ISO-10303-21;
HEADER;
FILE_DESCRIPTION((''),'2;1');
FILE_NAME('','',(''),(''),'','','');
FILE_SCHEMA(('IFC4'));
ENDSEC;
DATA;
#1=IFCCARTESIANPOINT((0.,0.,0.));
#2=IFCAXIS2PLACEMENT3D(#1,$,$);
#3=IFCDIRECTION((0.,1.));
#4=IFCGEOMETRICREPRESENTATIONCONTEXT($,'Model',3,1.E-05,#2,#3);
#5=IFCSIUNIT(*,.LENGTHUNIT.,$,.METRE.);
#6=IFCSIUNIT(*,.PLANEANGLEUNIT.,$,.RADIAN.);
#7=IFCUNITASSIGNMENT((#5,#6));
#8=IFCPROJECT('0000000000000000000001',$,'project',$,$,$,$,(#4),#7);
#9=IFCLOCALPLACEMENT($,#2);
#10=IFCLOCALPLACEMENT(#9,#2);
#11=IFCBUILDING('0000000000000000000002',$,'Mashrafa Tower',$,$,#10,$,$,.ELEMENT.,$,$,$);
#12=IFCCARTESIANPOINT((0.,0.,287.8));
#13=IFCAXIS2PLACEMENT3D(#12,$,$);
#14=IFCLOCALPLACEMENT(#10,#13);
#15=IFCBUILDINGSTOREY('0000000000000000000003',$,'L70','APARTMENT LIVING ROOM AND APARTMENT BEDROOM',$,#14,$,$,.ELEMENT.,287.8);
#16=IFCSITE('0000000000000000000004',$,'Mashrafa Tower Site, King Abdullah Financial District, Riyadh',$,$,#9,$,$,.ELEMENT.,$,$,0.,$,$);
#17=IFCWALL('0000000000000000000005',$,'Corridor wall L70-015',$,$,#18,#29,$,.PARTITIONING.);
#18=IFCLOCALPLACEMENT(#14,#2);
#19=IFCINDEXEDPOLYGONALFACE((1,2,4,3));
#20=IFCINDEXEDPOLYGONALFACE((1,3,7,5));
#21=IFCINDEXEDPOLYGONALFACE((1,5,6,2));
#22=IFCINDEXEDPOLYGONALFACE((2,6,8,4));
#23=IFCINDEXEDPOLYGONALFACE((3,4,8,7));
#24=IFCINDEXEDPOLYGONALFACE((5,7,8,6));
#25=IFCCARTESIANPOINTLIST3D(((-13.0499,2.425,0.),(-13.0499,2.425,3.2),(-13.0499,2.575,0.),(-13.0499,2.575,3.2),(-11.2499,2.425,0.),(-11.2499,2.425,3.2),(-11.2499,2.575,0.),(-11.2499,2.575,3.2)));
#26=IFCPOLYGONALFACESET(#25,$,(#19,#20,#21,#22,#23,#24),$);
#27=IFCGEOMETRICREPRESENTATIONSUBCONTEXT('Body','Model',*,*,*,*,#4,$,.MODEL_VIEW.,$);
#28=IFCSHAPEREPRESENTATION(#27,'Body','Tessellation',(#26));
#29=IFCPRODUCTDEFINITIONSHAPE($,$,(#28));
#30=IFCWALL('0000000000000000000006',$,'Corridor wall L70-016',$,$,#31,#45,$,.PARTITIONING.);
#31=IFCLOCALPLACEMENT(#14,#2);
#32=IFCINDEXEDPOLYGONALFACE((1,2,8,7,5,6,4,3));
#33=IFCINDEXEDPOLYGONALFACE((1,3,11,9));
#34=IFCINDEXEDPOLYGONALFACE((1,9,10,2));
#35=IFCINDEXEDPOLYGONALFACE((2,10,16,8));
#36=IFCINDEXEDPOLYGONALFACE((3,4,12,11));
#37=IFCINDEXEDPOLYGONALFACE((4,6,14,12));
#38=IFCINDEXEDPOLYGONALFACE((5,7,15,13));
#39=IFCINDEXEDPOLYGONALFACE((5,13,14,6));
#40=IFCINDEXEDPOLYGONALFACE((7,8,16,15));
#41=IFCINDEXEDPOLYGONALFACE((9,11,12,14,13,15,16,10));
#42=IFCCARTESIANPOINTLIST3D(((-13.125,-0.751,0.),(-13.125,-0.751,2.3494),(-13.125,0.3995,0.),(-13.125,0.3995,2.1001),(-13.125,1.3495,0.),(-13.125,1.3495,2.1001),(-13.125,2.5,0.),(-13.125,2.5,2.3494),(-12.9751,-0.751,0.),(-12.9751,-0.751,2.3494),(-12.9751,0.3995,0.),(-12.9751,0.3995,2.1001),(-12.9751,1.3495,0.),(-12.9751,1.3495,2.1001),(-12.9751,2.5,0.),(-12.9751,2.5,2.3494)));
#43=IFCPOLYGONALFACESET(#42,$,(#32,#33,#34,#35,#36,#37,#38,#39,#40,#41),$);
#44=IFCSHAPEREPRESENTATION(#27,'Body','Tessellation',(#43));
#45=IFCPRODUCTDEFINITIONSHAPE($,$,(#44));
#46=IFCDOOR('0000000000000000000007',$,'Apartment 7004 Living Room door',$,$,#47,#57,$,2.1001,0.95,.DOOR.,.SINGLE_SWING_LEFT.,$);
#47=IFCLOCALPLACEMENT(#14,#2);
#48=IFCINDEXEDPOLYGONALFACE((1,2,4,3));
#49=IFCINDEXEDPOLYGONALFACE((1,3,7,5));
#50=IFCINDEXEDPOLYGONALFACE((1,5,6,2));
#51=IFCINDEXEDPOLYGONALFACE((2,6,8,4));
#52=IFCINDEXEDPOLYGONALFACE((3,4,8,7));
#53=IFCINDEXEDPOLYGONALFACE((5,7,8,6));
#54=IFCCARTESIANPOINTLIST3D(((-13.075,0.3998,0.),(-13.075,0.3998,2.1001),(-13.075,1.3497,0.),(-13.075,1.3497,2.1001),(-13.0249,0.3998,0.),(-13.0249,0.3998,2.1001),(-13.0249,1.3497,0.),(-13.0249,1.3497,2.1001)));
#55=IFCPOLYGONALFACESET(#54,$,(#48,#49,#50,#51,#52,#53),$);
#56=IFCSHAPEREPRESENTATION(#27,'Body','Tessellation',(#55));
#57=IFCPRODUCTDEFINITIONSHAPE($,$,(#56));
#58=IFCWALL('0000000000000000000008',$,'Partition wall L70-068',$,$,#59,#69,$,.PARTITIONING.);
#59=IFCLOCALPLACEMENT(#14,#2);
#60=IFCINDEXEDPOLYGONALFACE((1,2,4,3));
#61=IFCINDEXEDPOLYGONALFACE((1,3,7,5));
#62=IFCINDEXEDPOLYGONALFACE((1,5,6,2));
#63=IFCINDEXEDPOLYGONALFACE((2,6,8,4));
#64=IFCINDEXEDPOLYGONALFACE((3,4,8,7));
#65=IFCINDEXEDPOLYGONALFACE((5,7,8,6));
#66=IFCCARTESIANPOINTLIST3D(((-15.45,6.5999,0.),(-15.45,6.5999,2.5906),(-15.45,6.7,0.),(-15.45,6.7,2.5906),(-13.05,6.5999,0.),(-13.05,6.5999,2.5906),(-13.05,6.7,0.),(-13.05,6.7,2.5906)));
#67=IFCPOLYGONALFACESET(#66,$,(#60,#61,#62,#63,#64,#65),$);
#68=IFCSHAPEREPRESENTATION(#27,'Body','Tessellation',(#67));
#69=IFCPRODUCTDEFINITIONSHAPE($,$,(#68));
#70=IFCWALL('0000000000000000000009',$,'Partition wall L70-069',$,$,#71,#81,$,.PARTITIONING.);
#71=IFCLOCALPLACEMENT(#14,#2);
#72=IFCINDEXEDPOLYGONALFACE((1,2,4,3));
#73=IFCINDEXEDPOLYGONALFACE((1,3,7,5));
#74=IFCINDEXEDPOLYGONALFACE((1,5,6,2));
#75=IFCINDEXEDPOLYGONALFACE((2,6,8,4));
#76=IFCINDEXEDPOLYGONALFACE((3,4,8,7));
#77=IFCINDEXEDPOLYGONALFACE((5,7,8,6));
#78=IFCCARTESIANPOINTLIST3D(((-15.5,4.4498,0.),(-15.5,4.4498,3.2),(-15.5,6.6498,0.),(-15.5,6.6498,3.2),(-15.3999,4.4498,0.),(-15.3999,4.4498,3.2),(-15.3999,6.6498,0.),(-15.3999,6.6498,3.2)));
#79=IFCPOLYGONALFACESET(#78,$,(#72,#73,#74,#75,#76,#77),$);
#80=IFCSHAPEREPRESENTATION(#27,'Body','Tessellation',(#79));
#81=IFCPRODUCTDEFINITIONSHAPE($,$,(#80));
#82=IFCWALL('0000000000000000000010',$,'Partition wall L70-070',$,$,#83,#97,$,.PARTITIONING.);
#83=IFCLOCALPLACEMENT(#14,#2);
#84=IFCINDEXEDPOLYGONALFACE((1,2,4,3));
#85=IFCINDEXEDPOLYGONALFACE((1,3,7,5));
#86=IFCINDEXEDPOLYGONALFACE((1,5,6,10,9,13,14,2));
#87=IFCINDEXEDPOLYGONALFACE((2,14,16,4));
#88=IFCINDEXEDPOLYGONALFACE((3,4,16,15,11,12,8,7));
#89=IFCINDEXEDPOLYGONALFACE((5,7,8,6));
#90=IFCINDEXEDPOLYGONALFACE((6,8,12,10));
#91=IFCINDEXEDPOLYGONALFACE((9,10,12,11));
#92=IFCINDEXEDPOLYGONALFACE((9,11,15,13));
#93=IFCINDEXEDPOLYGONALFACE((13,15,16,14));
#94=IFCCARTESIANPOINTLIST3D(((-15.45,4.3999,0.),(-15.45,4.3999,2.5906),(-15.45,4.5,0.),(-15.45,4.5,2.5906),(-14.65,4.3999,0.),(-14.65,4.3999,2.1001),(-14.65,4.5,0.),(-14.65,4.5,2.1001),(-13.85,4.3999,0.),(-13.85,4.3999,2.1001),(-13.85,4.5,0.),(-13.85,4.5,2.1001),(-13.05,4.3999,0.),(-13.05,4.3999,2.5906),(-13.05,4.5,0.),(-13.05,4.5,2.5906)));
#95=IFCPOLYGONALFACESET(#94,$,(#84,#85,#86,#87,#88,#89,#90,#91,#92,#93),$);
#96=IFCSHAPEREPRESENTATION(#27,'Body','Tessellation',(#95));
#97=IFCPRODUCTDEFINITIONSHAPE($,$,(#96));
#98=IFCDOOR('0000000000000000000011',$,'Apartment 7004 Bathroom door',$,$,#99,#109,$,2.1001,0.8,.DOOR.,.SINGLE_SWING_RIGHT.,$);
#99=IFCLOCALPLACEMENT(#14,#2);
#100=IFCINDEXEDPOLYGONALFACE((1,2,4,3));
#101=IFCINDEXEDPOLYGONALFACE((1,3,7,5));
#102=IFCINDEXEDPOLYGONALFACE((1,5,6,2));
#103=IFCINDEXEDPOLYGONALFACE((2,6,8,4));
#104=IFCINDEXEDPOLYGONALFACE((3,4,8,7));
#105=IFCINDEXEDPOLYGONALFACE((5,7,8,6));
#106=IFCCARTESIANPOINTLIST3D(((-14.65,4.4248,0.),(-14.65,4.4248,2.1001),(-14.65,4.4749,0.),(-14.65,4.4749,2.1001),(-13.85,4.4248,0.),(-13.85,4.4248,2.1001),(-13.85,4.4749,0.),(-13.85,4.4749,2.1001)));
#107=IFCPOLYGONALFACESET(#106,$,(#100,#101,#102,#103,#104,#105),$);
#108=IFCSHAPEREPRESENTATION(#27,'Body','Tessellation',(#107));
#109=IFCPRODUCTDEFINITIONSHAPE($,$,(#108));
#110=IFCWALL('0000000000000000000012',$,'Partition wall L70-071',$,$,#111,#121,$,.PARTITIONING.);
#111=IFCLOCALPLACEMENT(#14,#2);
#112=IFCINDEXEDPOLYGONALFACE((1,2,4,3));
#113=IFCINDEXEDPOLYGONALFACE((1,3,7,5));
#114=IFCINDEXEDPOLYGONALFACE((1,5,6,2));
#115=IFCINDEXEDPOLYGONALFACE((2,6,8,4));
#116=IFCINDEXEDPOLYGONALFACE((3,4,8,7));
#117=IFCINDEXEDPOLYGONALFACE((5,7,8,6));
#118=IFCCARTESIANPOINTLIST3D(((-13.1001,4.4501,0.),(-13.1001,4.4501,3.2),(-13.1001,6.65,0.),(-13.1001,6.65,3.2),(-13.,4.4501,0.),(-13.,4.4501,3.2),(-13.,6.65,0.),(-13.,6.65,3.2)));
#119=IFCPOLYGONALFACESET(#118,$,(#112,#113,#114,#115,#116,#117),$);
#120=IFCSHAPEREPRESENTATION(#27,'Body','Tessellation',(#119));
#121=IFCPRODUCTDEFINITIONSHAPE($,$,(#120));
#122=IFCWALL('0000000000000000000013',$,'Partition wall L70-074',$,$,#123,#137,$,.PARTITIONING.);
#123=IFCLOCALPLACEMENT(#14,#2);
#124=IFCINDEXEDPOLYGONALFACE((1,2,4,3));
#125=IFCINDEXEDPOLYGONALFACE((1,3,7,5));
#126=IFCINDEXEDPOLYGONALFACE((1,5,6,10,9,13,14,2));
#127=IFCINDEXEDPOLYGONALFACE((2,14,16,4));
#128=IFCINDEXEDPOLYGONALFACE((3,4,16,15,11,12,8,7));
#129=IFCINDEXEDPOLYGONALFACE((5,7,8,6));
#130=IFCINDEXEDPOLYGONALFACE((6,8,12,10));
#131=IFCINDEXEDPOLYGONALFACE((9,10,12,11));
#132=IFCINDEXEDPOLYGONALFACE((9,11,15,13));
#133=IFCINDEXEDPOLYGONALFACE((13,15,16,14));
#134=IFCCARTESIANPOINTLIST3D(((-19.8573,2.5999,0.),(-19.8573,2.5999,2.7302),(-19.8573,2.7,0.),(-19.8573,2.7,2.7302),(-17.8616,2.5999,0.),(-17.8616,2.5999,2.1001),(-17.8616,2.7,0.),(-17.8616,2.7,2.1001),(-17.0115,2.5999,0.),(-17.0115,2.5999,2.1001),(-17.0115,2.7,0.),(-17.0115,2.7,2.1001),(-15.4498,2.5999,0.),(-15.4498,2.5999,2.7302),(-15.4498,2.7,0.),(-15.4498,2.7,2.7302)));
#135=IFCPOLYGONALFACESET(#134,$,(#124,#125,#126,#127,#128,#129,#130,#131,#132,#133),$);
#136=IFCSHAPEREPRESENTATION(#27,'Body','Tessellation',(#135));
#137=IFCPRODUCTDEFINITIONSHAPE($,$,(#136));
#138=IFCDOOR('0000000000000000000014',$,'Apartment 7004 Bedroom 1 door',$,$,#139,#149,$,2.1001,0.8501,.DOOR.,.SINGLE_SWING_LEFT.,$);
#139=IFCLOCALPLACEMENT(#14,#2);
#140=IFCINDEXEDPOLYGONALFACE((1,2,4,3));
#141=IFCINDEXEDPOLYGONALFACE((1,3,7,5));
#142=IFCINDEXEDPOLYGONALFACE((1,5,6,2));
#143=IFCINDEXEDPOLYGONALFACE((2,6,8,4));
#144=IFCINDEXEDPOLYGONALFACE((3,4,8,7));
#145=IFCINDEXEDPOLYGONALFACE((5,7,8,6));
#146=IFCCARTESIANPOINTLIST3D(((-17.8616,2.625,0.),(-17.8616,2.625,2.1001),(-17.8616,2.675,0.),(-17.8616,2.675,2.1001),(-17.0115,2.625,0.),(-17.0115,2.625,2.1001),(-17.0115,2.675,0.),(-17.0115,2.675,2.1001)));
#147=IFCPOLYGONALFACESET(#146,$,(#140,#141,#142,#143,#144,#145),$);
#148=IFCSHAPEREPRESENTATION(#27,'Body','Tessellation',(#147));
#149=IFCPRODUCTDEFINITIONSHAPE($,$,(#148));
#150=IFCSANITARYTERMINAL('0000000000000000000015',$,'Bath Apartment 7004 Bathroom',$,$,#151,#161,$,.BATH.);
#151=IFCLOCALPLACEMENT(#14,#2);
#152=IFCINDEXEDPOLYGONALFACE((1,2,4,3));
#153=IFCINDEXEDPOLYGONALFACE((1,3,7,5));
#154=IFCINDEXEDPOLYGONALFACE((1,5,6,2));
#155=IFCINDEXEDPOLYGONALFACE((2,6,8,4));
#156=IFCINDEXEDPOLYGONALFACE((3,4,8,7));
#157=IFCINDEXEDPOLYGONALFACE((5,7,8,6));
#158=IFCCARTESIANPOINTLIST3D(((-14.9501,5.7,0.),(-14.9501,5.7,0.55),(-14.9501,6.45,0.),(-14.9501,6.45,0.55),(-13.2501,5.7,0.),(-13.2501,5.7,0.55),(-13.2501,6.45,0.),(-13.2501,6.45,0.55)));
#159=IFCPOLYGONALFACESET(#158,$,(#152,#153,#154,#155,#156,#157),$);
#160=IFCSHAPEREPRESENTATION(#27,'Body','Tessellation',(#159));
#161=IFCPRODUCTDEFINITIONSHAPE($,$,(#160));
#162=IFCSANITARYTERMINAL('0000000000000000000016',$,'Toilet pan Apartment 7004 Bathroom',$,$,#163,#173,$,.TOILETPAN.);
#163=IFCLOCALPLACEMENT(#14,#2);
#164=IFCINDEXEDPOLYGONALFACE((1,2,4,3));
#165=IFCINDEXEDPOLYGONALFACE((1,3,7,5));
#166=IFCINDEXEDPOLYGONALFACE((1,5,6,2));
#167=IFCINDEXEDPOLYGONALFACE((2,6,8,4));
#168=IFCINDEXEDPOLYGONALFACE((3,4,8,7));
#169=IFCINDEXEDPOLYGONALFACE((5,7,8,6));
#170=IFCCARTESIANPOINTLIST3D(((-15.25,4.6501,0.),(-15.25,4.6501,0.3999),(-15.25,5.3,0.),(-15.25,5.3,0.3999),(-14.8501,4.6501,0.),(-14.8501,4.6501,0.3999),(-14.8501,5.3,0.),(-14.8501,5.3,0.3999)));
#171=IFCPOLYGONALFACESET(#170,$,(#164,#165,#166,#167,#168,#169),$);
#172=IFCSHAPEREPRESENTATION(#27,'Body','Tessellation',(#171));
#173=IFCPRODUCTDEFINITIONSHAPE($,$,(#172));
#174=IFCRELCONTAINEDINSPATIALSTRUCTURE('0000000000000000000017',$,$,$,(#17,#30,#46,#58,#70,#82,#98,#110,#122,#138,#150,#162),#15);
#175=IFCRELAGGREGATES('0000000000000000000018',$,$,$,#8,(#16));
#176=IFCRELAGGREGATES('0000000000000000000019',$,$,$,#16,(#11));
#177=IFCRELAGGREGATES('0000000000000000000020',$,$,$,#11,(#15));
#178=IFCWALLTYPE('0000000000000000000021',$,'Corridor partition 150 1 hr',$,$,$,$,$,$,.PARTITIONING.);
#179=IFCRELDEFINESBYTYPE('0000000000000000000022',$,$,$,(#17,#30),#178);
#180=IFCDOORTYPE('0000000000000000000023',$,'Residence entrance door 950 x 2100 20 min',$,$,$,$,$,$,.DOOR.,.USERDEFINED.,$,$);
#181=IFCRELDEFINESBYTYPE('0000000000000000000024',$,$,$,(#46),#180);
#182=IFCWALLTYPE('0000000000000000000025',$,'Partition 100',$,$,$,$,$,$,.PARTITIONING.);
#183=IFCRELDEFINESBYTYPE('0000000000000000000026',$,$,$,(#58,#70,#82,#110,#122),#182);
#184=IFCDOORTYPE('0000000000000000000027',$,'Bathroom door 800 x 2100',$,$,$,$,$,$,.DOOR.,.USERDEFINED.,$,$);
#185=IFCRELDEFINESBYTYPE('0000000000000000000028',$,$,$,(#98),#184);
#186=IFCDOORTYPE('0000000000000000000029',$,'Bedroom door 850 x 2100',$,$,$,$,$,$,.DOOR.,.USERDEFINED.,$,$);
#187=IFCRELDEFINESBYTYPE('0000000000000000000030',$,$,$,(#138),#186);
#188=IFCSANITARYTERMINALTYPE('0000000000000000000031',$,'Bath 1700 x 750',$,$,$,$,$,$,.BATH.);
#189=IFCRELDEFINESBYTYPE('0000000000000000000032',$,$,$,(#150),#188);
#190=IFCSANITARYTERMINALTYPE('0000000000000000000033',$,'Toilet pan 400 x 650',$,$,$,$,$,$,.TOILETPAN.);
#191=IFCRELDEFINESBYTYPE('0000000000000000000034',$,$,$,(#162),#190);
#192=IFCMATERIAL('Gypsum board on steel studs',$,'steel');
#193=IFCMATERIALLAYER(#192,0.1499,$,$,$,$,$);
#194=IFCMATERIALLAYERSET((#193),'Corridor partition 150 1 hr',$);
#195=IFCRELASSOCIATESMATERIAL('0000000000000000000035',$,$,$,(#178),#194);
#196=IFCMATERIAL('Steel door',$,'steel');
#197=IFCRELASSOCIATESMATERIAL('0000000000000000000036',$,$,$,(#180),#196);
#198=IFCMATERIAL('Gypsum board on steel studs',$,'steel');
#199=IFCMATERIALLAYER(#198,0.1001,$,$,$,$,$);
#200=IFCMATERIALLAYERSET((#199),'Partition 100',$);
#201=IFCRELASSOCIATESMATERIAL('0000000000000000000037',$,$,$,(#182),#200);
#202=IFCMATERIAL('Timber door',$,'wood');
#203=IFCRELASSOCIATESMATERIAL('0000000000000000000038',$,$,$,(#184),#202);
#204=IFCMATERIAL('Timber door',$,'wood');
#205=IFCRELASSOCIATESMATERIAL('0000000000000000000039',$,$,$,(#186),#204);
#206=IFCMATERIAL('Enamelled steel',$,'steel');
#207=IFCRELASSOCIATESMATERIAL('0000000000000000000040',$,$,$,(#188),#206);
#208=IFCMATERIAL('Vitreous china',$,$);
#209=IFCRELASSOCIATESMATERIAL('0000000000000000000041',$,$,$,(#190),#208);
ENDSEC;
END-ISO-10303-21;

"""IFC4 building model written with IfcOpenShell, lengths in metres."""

from ifc_helpers import new_model, si_unit, direction, frame, frame_2d, origin, origin_2d, place, context, subcontext, project, spatial, rectangle, extrude, material, layer, layer_set, type_object, element, fill, save


model = new_model("IFC4")

# Units and contexts
model_context = context("Model", 3, precision=1e-05, world=origin(), true_north=direction((0.0, 1.0)))
body_context = subcontext(model_context, "Body", "Model", "MODEL_VIEW")
ifc_project = project(units=[si_unit("LENGTHUNIT", "METRE"), si_unit("PLANEANGLEUNIT", "RADIAN")], contexts=[model_context])

# Site, building, storey
site_placement = place(None, origin())
site = spatial("IfcSite", under=ifc_project, at=site_placement, Name="Mashrafa Tower Site, King Abdullah Financial District, Riyadh", CompositionType="ELEMENT", RefElevation=0.0)
building_placement = place(site_placement, origin())
building = spatial("IfcBuilding", under=site, at=building_placement, Name="Mashrafa Tower", CompositionType="ELEMENT")
storey_placement = place(building_placement, frame((0.0, 0.0, 287.8)))
storey = spatial("IfcBuildingStorey", under=building, at=storey_placement, Name="L70", Description="APARTMENT LIVING ROOM AND APARTMENT BEDROOM", CompositionType="ELEMENT", Elevation=287.8)

# Wall
ifc_material_1 = material(Name="Gypsum board on steel studs", Category="steel")
ifc_layer_1 = layer(ifc_material_1, 0.1499)
ifc_layer_set_1 = layer_set([ifc_layer_1], Name="Corridor partition 150 1 hr")
wall_type_1 = type_object("IfcWallType", Name="Corridor partition 150 1 hr", PredefinedType="PARTITIONING", material=ifc_layer_set_1)
wall_1_placement = place(storey_placement, frame((-11.25, 2.5, 0.0), z_axis=(0.0, 0.0, 1.0), x_axis=(-1.0, 0.0, 0.0)))
element("IfcWall", 1, at=wall_1_placement, inside=storey, type_object=wall_type_1, Name="Corridor wall L70-015", PredefinedType="PARTITIONING", context=body_context, shape_type="SweptSolid", body=[
    extrude(rectangle(XDim=1.8, YDim=0.1499, at=frame_2d((0.8999, 0.0))), origin(), (0.0, 0.0, 1.0), 3.2),
])

# Wall, opening, door
wall_2_placement = place(storey_placement, frame((-13.05, 2.5, 0.0), z_axis=(0.0, 0.0, 1.0), x_axis=(0.0, -1.0, 0.0)))
wall_2 = element("IfcWall", 2, at=wall_2_placement, inside=storey, type_object=wall_type_1, Name="Corridor wall L70-016", PredefinedType="PARTITIONING", context=body_context, shape_type="SweptSolid", body=[
    extrude(rectangle(XDim=3.251, YDim=0.1499, at=frame_2d((1.6255, 0.0))), origin(), (0.0, 0.0, 1.0), 2.3494),
])
opening_1_placement = place(wall_2_placement, frame((1.1504, 0.0, 0.0)))
opening_1 = element("IfcOpeningElement", 3, at=opening_1_placement, cuts=wall_2, PredefinedType="OPENING", context=body_context, shape_type="SweptSolid", body=[
    extrude(rectangle(XDim=0.95, YDim=2.1001, at=frame_2d((0.4751, 1.05))), frame((0.0, 0.085, 0.0), z_axis=(0.0, -1.0, 0.0), x_axis=(1.0, 0.0, 0.0)), (0.0, 0.0, 1.0), 0.1699),
])
ifc_material_2 = material(Name="Steel door", Category="steel")
door_type_1 = type_object("IfcDoorType", Name="Residence entrance door 950 x 2100 20 min", OperationType="USERDEFINED", PredefinedType="DOOR", material=ifc_material_2)
door_1_placement = place(opening_1_placement, frame((0.95, 0.0, 0.0), z_axis=(0.0, 0.0, 1.0), x_axis=(-1.0, 0.0, 0.0)))
door_1 = element("IfcDoor", 4, at=door_1_placement, inside=storey, type_object=door_type_1, Name="Apartment 7004 Living Room door", OperationType="SINGLE_SWING_LEFT", OverallHeight=2.1001, OverallWidth=0.95, PredefinedType="DOOR", context=body_context, shape_type="SweptSolid", body=[
    extrude(rectangle(XDim=0.95, YDim=2.1001, at=frame_2d((0.4751, 1.05))), frame((0.0, 0.0249, 0.0), z_axis=(0.0, -1.0, 0.0), x_axis=(1.0, 0.0, 0.0)), (0.0, 0.0, 1.0), 0.05),
])
fill(opening_1, door_1)

# Walls
ifc_material_3 = material(Name="Gypsum board on steel studs", Category="steel")
ifc_layer_2 = layer(ifc_material_3, 0.1001)
ifc_layer_set_2 = layer_set([ifc_layer_2], Name="Partition 100")
wall_type_2 = type_object("IfcWallType", Name="Partition 100", PredefinedType="PARTITIONING", material=ifc_layer_set_2)
wall_3_placement = place(storey_placement, frame((-15.45, 6.6499, 0.0), z_axis=(0.0, 0.0, 1.0), x_axis=(1.0, 0.0, 0.0)))
element("IfcWall", 5, at=wall_3_placement, inside=storey, type_object=wall_type_2, Name="Partition wall L70-068", PredefinedType="PARTITIONING", context=body_context, shape_type="SweptSolid", body=[
    extrude(rectangle(XDim=2.3999, YDim=0.1001, at=frame_2d((1.2, 0.0))), origin(), (0.0, 0.0, 1.0), 2.5906),
])
wall_4_placement = place(storey_placement, frame((-15.45, 6.6499, 0.0), z_axis=(0.0, 0.0, 1.0), x_axis=(0.0, -1.0, 0.0)))
element("IfcWall", 6, at=wall_4_placement, inside=storey, type_object=wall_type_2, Name="Partition wall L70-069", PredefinedType="PARTITIONING", context=body_context, shape_type="SweptSolid", body=[
    extrude(rectangle(XDim=2.2, YDim=0.1001, at=frame_2d((1.1001, 0.0))), origin(), (0.0, 0.0, 1.0), 3.2),
])

# Wall, opening, door
wall_5_placement = place(storey_placement, frame((-15.45, 4.45, 0.0), z_axis=(0.0, 0.0, 1.0), x_axis=(1.0, 0.0, 0.0)))
wall_5 = element("IfcWall", 7, at=wall_5_placement, inside=storey, type_object=wall_type_2, Name="Partition wall L70-070", PredefinedType="PARTITIONING", context=body_context, shape_type="SweptSolid", body=[
    extrude(rectangle(XDim=2.3999, YDim=0.1001, at=frame_2d((1.2, 0.0))), origin(), (0.0, 0.0, 1.0), 2.5906),
])
opening_2_placement = place(wall_5_placement, frame((0.8, 0.0, 0.0)))
opening_2 = element("IfcOpeningElement", 8, at=opening_2_placement, cuts=wall_5, PredefinedType="OPENING", context=body_context, shape_type="SweptSolid", body=[
    extrude(rectangle(XDim=0.8, YDim=2.1001, at=frame_2d((0.3999, 1.05))), frame((0.0, 0.0601, 0.0), z_axis=(0.0, -1.0, 0.0), x_axis=(1.0, 0.0, 0.0)), (0.0, 0.0, 1.0), 0.1201),
])
ifc_material_4 = material(Name="Timber door", Category="wood")
door_type_2 = type_object("IfcDoorType", Name="Bathroom door 800 x 2100", OperationType="USERDEFINED", PredefinedType="DOOR", material=ifc_material_4)
door_2_placement = place(opening_2_placement, origin())
door_2 = element("IfcDoor", 9, at=door_2_placement, inside=storey, type_object=door_type_2, Name="Apartment 7004 Bathroom door", OperationType="SINGLE_SWING_RIGHT", OverallHeight=2.1001, OverallWidth=0.8, PredefinedType="DOOR", context=body_context, shape_type="SweptSolid", body=[
    extrude(rectangle(XDim=0.8, YDim=2.1001, at=frame_2d((0.3999, 1.05))), frame((0.0, 0.0249, 0.0), z_axis=(0.0, -1.0, 0.0), x_axis=(1.0, 0.0, 0.0)), (0.0, 0.0, 1.0), 0.05),
])
fill(opening_2, door_2)

# Wall
wall_6_placement = place(storey_placement, frame((-13.05, 4.45, 0.0), z_axis=(0.0, 0.0, 1.0), x_axis=(0.0, 1.0, 0.0)))
element("IfcWall", 10, at=wall_6_placement, inside=storey, type_object=wall_type_2, Name="Partition wall L70-071", PredefinedType="PARTITIONING", context=body_context, shape_type="SweptSolid", body=[
    extrude(rectangle(XDim=2.2, YDim=0.1001, at=frame_2d((1.1001, 0.0))), origin(), (0.0, 0.0, 1.0), 3.2),
])

# Wall, opening, door
wall_7_placement = place(storey_placement, frame((-15.45, 2.6499, 0.0), z_axis=(0.0, 0.0, 1.0), x_axis=(-1.0, 0.0, 0.0)))
wall_7 = element("IfcWall", 11, at=wall_7_placement, inside=storey, type_object=wall_type_2, Name="Partition wall L70-074", PredefinedType="PARTITIONING", context=body_context, shape_type="SweptSolid", body=[
    extrude(rectangle(XDim=4.4075, YDim=0.1001, at=frame_2d((2.2036, 0.0))), origin(), (0.0, 0.0, 1.0), 2.7302),
])
opening_3_placement = place(wall_7_placement, frame((1.5615, 0.0, 0.0)))
opening_3 = element("IfcOpeningElement", 12, at=opening_3_placement, cuts=wall_7, PredefinedType="OPENING", context=body_context, shape_type="SweptSolid", body=[
    extrude(rectangle(XDim=0.8501, YDim=2.1001, at=frame_2d((0.425, 1.05))), frame((0.0, 0.0601, 0.0), z_axis=(0.0, -1.0, 0.0), x_axis=(1.0, 0.0, 0.0)), (0.0, 0.0, 1.0), 0.1201),
])
ifc_material_5 = material(Name="Timber door", Category="wood")
door_type_3 = type_object("IfcDoorType", Name="Bedroom door 850 x 2100", OperationType="USERDEFINED", PredefinedType="DOOR", material=ifc_material_5)
door_3_placement = place(opening_3_placement, origin())
door_3 = element("IfcDoor", 13, at=door_3_placement, inside=storey, type_object=door_type_3, Name="Apartment 7004 Bedroom 1 door", OperationType="SINGLE_SWING_LEFT", OverallHeight=2.1001, OverallWidth=0.8501, PredefinedType="DOOR", context=body_context, shape_type="SweptSolid", body=[
    extrude(rectangle(XDim=0.8501, YDim=2.1001, at=frame_2d((0.425, 1.05))), frame((0.0, 0.0249, 0.0), z_axis=(0.0, -1.0, 0.0), x_axis=(1.0, 0.0, 0.0)), (0.0, 0.0, 1.0), 0.05),
])
fill(opening_3, door_3)

# Sanitary terminals
ifc_material_6 = material(Name="Enamelled steel", Category="steel")
sanitary_terminal_type_1 = type_object("IfcSanitaryTerminalType", Name="Bath 1700 x 750", PredefinedType="BATH", material=ifc_material_6)
sanitary_terminal_1_placement = place(storey_placement, frame((-14.1001, 6.075, 0.0), z_axis=(0.0, 0.0, 1.0), x_axis=(-1.0, 0.0, 0.0)))
element("IfcSanitaryTerminal", 14, at=sanitary_terminal_1_placement, inside=storey, type_object=sanitary_terminal_type_1, Name="Bath Apartment 7004 Bathroom", PredefinedType="BATH", context=body_context, shape_type="SweptSolid", body=[
    extrude(rectangle(XDim=1.7, YDim=0.75, at=origin_2d()), origin(), (0.0, 0.0, 1.0), 0.55),
])
ifc_material_7 = material(Name="Vitreous china")
sanitary_terminal_type_2 = type_object("IfcSanitaryTerminalType", Name="Toilet pan 400 x 650", PredefinedType="TOILETPAN", material=ifc_material_7)
sanitary_terminal_2_placement = place(storey_placement, frame((-15.05, 4.9751, 0.0), z_axis=(0.0, 0.0, 1.0), x_axis=(1.0, 0.0, 0.0)))
element("IfcSanitaryTerminal", 15, at=sanitary_terminal_2_placement, inside=storey, type_object=sanitary_terminal_type_2, Name="Toilet pan Apartment 7004 Bathroom", PredefinedType="TOILETPAN", context=body_context, shape_type="SweptSolid", body=[
    extrude(rectangle(XDim=0.3999, YDim=0.6499, at=origin_2d()), origin(), (0.0, 0.0, 1.0), 0.3999),
])

save(model, "model.ifc")
